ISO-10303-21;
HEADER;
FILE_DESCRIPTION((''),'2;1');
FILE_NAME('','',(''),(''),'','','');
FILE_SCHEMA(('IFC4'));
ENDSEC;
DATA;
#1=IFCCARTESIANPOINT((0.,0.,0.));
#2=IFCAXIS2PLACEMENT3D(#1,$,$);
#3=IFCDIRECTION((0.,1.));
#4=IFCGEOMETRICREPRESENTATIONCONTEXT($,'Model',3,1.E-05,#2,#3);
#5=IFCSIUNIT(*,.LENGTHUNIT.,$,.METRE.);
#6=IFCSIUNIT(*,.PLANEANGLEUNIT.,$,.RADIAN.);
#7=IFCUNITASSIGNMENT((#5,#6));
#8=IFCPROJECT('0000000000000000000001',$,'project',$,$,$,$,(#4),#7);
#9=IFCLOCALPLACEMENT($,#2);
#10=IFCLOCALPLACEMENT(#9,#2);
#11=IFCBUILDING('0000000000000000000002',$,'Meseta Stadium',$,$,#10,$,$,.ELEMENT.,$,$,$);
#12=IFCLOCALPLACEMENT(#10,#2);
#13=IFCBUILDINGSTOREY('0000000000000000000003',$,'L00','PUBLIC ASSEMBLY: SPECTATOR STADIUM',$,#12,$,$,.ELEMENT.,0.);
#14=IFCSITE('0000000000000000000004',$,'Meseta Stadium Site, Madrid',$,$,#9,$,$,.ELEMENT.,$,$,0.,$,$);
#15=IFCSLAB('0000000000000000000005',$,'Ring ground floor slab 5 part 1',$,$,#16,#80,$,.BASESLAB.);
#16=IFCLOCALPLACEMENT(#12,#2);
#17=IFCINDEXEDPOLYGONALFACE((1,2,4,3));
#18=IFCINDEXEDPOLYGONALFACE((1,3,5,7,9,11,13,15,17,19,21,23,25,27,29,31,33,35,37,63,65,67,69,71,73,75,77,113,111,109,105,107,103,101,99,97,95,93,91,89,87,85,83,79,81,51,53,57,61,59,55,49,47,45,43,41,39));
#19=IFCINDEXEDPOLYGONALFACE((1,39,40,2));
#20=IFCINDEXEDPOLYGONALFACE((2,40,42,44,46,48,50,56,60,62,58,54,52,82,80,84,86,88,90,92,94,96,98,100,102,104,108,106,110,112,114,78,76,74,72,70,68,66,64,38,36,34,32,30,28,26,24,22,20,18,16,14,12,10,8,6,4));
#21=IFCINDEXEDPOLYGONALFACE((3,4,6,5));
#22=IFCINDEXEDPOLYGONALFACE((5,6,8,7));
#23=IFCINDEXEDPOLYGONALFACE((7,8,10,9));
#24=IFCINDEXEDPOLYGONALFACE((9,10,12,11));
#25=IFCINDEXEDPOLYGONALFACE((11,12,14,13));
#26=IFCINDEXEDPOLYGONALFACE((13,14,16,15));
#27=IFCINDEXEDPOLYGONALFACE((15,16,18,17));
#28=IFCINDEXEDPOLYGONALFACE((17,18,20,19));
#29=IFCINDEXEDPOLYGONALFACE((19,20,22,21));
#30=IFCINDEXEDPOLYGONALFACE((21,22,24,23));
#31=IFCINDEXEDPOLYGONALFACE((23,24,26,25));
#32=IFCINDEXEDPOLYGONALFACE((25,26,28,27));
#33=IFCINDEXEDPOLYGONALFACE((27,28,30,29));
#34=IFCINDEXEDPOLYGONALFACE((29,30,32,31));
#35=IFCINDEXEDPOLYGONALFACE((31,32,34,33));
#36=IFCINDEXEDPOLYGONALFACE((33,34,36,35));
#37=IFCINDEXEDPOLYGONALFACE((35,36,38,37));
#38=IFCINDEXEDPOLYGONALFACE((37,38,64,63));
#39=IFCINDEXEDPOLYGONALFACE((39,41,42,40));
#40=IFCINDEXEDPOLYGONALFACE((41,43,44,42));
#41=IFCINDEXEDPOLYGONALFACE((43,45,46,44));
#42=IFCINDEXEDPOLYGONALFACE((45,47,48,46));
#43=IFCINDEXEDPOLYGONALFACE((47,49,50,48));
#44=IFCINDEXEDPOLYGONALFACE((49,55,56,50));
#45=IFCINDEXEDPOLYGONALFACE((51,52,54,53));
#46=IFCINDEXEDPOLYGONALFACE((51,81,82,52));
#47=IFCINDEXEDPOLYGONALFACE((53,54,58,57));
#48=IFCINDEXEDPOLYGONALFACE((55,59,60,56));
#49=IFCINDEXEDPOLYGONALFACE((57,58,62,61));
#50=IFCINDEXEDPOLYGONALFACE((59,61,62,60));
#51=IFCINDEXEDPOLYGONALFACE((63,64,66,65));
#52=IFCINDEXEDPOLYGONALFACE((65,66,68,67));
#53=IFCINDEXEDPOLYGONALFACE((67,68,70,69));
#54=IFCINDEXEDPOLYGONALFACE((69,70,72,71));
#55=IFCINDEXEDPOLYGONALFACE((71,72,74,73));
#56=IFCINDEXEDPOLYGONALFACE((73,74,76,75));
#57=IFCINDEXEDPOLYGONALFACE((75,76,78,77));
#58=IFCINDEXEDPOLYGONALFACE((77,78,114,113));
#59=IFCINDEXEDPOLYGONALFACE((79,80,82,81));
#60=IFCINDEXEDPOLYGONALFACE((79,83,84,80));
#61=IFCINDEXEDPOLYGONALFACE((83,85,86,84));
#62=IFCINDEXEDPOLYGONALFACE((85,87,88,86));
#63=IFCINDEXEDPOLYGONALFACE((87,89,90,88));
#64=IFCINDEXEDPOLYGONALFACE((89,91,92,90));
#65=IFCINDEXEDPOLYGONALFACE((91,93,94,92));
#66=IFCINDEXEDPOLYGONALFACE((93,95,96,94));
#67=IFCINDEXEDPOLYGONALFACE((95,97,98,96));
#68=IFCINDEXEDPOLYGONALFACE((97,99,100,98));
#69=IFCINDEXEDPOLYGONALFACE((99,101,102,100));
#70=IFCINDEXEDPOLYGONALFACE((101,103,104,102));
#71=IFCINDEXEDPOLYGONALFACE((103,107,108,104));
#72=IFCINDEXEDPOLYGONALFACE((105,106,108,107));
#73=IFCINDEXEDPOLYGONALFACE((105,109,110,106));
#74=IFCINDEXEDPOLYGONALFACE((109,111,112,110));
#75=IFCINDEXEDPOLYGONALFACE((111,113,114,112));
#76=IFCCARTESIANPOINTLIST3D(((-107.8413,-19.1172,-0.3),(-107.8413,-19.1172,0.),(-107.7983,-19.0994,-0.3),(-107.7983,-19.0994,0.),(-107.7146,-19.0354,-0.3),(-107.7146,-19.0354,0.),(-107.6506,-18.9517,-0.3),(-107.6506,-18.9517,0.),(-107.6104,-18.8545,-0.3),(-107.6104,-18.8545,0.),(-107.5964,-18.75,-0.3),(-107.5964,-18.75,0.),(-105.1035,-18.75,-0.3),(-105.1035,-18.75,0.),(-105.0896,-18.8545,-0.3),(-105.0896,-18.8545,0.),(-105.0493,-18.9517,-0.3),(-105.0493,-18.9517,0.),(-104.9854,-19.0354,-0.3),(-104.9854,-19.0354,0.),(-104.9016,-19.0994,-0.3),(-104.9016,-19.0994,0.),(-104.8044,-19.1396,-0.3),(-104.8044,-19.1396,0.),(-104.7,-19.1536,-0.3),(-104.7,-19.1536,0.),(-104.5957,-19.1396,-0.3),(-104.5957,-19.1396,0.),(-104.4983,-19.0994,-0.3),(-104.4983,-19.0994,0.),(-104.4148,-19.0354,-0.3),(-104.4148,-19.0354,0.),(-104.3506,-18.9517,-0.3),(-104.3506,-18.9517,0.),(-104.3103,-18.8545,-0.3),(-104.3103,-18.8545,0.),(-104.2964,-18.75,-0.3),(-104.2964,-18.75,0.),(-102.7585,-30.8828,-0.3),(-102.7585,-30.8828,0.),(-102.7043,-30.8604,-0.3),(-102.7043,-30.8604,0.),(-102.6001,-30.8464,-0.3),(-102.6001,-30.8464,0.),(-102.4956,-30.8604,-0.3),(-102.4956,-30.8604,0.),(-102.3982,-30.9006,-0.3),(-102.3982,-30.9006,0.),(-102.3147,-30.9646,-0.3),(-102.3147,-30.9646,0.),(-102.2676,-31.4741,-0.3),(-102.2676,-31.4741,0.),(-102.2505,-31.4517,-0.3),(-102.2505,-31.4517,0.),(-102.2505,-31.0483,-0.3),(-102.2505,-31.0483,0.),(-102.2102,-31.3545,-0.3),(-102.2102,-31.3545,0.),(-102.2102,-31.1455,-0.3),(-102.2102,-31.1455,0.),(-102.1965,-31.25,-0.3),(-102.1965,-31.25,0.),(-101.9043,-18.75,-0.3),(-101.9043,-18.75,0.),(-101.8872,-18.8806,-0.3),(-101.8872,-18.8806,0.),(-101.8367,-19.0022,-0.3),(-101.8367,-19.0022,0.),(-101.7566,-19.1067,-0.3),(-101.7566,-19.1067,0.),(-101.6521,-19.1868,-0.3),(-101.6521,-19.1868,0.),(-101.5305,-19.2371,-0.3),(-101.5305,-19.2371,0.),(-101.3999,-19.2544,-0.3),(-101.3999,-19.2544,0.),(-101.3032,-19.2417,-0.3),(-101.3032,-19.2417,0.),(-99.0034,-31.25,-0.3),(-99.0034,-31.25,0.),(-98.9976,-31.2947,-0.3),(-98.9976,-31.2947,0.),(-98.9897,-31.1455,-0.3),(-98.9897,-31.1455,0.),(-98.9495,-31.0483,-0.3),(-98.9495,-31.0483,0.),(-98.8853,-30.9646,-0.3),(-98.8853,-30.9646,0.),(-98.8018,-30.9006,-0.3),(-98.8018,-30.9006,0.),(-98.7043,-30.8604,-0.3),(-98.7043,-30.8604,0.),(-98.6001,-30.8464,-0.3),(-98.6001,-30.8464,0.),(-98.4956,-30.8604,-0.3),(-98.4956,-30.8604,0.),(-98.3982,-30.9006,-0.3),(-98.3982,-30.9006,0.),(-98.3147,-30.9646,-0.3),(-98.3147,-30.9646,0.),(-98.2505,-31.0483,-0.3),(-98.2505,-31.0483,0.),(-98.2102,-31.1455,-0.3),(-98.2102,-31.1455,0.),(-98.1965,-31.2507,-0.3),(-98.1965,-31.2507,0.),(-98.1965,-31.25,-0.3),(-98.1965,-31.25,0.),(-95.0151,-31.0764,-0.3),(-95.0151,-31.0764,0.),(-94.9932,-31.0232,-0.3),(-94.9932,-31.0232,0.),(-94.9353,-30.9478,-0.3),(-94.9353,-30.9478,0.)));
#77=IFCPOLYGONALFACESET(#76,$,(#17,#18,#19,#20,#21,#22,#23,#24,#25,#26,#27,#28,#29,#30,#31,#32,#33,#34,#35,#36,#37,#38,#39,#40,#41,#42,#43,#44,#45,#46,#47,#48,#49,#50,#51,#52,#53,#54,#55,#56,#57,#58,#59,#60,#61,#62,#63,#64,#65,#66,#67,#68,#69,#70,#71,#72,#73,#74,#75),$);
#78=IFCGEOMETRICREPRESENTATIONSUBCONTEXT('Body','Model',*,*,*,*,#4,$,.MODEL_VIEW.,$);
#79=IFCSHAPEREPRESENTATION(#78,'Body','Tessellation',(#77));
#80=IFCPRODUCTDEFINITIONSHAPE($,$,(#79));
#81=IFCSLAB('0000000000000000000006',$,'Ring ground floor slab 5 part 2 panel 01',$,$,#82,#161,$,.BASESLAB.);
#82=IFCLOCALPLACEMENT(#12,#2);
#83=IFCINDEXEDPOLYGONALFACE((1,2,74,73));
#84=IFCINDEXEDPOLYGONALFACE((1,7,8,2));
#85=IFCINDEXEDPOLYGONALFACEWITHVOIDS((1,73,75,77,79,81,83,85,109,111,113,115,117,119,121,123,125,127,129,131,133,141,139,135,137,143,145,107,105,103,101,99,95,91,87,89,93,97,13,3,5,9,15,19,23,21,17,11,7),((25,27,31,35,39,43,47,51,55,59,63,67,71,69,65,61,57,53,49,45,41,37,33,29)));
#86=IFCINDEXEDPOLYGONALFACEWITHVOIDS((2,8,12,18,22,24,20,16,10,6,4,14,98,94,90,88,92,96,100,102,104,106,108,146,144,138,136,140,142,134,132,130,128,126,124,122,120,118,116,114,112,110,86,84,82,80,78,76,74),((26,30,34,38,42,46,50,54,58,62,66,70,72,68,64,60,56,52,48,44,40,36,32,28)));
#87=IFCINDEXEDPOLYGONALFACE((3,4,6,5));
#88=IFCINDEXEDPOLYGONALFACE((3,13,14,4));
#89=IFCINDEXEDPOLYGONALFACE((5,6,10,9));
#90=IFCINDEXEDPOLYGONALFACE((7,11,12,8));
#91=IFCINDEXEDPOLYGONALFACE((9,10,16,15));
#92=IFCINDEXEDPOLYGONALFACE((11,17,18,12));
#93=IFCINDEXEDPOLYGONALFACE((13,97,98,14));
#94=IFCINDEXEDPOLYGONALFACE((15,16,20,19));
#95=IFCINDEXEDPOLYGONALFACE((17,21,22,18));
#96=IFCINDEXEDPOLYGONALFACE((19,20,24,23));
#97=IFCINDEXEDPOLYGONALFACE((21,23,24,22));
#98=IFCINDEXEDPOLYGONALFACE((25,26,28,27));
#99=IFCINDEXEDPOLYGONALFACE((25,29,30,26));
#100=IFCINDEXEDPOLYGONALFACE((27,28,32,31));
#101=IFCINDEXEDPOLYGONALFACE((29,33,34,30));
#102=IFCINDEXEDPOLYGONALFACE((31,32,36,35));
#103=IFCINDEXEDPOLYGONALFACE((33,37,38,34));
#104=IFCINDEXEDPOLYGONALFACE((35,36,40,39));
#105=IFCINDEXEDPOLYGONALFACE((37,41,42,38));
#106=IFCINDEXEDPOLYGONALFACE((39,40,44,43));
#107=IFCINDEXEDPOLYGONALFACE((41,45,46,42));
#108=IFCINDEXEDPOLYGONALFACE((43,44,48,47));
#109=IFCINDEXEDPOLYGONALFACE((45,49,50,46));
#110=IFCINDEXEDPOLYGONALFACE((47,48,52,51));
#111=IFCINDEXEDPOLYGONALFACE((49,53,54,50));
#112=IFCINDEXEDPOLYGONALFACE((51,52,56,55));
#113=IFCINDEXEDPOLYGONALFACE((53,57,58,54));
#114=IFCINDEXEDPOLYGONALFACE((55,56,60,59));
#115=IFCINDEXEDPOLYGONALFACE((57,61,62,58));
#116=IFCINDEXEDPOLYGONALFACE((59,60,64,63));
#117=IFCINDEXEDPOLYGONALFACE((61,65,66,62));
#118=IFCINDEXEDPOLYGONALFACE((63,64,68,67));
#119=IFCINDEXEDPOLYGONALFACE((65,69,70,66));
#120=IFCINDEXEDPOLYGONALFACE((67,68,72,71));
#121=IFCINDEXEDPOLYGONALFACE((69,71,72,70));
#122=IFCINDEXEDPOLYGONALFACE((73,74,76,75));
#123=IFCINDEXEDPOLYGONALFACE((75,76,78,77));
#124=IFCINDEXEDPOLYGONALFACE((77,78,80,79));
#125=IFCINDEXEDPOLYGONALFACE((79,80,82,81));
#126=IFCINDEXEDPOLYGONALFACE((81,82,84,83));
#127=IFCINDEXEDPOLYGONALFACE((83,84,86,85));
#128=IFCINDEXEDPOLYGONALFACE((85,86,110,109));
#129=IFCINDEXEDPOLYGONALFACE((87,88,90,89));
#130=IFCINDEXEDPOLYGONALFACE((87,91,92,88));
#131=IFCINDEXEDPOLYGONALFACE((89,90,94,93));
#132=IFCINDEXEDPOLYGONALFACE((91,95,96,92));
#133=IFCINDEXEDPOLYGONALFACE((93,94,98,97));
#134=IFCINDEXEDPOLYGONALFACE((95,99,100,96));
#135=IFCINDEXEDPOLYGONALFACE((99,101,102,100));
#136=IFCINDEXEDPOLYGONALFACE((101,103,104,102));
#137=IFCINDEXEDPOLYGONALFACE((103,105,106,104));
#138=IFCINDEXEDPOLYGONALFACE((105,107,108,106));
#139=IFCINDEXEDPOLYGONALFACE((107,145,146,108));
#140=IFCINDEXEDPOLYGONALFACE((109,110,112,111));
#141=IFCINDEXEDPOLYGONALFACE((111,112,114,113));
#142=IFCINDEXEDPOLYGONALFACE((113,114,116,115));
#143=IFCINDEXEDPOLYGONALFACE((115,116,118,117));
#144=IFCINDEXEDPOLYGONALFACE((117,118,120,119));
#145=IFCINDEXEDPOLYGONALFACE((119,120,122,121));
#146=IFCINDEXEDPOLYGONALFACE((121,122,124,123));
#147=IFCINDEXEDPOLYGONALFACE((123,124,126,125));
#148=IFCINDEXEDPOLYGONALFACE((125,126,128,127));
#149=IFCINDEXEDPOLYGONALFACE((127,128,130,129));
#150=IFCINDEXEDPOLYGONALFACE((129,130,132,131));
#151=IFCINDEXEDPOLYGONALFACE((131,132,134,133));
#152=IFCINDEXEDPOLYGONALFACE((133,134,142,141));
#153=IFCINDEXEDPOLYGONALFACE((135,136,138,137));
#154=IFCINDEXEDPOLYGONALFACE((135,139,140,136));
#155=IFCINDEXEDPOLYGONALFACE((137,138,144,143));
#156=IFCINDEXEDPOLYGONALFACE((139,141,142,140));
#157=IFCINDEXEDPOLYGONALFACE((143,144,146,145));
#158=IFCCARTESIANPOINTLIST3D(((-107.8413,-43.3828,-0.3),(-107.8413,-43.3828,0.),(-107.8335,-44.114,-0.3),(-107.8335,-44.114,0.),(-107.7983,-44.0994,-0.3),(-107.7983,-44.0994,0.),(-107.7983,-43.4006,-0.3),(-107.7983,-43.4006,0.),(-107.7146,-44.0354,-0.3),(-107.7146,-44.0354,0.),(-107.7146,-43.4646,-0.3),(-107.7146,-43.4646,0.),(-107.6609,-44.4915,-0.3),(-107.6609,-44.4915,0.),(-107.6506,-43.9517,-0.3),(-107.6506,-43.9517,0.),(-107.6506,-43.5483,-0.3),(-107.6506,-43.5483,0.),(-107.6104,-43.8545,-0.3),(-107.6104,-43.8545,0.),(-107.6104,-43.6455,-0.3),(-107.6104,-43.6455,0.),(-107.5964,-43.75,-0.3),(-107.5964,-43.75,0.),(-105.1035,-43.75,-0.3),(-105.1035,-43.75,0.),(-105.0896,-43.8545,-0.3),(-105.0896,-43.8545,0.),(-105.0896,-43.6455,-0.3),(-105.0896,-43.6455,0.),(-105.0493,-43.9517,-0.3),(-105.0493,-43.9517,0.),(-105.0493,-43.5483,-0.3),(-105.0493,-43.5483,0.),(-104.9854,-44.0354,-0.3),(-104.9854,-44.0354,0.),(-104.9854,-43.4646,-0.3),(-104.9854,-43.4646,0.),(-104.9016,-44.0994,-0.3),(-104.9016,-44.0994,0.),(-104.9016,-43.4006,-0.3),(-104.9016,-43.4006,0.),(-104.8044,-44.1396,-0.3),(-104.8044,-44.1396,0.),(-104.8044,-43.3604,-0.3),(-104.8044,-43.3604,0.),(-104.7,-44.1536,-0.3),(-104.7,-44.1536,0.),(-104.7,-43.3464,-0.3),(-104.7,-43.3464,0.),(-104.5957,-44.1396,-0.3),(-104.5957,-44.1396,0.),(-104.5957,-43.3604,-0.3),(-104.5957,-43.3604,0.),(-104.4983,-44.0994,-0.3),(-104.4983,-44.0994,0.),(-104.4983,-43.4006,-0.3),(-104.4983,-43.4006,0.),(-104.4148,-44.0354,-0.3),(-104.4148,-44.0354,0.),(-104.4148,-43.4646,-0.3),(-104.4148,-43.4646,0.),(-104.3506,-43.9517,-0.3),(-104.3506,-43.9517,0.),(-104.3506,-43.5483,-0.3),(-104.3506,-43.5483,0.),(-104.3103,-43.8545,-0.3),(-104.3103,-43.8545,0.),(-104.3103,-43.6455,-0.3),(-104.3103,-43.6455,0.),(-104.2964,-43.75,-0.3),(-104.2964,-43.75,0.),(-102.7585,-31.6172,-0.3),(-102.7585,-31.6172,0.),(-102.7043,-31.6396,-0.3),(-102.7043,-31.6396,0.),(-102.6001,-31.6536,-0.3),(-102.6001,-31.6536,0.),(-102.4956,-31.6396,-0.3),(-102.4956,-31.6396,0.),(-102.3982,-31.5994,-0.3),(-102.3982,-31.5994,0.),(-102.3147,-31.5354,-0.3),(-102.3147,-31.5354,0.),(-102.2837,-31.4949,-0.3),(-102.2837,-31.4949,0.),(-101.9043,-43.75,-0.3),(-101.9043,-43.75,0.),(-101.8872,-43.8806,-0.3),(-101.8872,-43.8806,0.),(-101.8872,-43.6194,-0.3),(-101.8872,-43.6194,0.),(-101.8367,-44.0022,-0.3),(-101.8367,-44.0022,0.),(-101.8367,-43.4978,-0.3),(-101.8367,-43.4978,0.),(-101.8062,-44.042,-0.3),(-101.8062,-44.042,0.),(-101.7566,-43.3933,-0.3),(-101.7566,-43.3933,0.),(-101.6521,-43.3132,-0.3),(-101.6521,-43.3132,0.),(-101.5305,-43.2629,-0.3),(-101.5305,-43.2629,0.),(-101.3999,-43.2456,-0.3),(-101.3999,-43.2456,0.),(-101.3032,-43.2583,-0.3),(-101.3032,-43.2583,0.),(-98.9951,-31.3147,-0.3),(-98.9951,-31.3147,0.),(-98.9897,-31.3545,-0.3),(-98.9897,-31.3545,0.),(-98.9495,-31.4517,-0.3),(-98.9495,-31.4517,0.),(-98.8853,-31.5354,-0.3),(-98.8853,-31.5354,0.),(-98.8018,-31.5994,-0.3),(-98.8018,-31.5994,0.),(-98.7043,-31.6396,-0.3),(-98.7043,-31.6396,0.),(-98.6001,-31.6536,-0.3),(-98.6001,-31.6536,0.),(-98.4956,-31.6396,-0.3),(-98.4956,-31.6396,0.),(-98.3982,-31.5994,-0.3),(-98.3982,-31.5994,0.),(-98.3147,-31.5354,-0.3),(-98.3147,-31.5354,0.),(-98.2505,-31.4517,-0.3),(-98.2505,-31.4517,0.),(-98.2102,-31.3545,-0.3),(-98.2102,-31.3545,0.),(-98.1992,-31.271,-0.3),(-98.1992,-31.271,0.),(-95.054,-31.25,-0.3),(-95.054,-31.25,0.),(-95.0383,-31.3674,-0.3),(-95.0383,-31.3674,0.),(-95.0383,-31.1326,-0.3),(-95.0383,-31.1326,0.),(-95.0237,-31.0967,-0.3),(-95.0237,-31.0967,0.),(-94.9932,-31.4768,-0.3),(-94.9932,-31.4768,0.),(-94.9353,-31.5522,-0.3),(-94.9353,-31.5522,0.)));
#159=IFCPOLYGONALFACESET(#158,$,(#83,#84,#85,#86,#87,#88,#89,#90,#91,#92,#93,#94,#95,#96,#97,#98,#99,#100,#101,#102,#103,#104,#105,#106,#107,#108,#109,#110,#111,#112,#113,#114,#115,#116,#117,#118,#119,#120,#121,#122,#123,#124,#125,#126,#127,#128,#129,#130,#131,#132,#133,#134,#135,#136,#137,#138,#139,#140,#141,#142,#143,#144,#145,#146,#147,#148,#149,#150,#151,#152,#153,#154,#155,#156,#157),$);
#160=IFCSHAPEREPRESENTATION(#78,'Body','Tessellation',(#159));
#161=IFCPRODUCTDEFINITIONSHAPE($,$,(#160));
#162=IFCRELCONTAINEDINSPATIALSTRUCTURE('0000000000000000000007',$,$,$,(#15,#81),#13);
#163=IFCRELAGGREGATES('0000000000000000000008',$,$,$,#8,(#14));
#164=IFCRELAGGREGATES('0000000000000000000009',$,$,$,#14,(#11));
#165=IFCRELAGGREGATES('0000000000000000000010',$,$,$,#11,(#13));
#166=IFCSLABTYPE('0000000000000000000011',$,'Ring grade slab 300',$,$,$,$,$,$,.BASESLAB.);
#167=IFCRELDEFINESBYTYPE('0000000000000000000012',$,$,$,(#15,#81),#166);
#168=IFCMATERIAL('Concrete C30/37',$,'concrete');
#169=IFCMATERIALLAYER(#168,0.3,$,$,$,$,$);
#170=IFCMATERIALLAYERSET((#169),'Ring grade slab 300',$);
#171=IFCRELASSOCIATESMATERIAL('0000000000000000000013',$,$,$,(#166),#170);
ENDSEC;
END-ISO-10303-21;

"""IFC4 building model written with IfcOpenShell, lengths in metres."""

from ifc_helpers import new_model, si_unit, direction, frame, origin, place, context, subcontext, project, spatial, polyline, outline, extrude, material, layer, layer_set, type_object, element, save


model = new_model("IFC4")

# Units and contexts
model_context = context("Model", 3, precision=1e-05, world=origin(), true_north=direction((0.0, 1.0)))
body_context = subcontext(model_context, "Body", "Model", "MODEL_VIEW")
ifc_project = project(units=[si_unit("LENGTHUNIT", "METRE"), si_unit("PLANEANGLEUNIT", "RADIAN")], contexts=[model_context])

# Site, building, storey
site_placement = place(None, origin())
site = spatial("IfcSite", under=ifc_project, at=site_placement, Name="Meseta Stadium Site, Madrid", CompositionType="ELEMENT", RefElevation=0.0)
building_placement = place(site_placement, origin())
building = spatial("IfcBuilding", under=site, at=building_placement, Name="Meseta Stadium", CompositionType="ELEMENT")
storey_placement = place(building_placement, origin())
storey = spatial("IfcBuildingStorey", under=building, at=storey_placement, Name="L00", Description="PUBLIC ASSEMBLY: SPECTATOR STADIUM", CompositionType="ELEMENT", Elevation=0.0)

# Slabs
ifc_material_1 = material(Name="Concrete C30/37", Category="concrete")
ifc_layer_1 = layer(ifc_material_1, 0.3)
ifc_layer_set_1 = layer_set([ifc_layer_1], Name="Ring grade slab 300")
slab_type_1 = type_object("IfcSlabType", Name="Ring grade slab 300", PredefinedType="BASESLAB", material=ifc_layer_set_1)
slab_1_placement = place(storey_placement, frame((0.0, 0.0, -0.3)))
element("IfcSlab", 1, at=slab_1_placement, inside=storey, type_object=slab_type_1, Name="Ring ground floor slab 5 part 1", PredefinedType="BASESLAB", context=body_context, shape_type="SweptSolid", body=[
    extrude(outline(polyline([(-102.2505, -31.4517), (-102.2676, -31.4741), (-98.9976, -31.2947), (-99.0034, -31.25), (-98.9897, -31.1455), (-98.9495, -31.0483), (-98.8853, -30.9646), (-98.8018, -30.9006), (-98.7043, -30.8604), (-98.6001, -30.8464), (-98.4956, -30.8604), (-98.3982, -30.9006), (-98.3147, -30.9646), (-98.2505, -31.0483), (-98.2102, -31.1455), (-98.1965, -31.25), (-98.1965, -31.2507), (-95.0151, -31.0764), (-94.9932, -31.0232), (-94.9353, -30.9478), (-101.3032, -19.2417), (-101.3999, -19.2544), (-101.5305, -19.2371), (-101.6521, -19.1868), (-101.7566, -19.1067), (-101.8367, -19.0022), (-101.8872, -18.8806), (-101.9043, -18.75), (-104.2964, -18.75), (-104.3103, -18.8545), (-104.3506, -18.9517), (-104.4148, -19.0354), (-104.4983, -19.0994), (-104.5957, -19.1396), (-104.7, -19.1536), (-104.8044, -19.1396), (-104.9016, -19.0994), (-104.9854, -19.0354), (-105.0493, -18.9517), (-105.0896, -18.8545), (-105.1035, -18.75), (-107.5964, -18.75), (-107.6104, -18.8545), (-107.6506, -18.9517), (-107.7146, -19.0354), (-107.7983, -19.0994), (-107.8413, -19.1172), (-102.7585, -30.8828), (-102.7043, -30.8604), (-102.6001, -30.8464), (-102.4956, -30.8604), (-102.3982, -30.9006), (-102.3147, -30.9646), (-102.2505, -31.0483), (-102.2102, -31.1455), (-102.1965, -31.25), (-102.2102, -31.3545), (-102.2505, -31.4517)])), origin(), (0.0, 0.0, 1.0), 0.3),
])
slab_2_placement = place(storey_placement, frame((0.0, 0.0, -0.3)))
element("IfcSlab", 2, at=slab_2_placement, inside=storey, type_object=slab_type_1, Name="Ring ground floor slab 5 part 2 panel 01", PredefinedType="BASESLAB", context=body_context, shape_type="SweptSolid", body=[
    extrude(outline(polyline([(-107.7146, -44.0354), (-107.7983, -44.0994), (-107.8335, -44.114), (-107.6609, -44.4915), (-101.8062, -44.042), (-101.8367, -44.0022), (-101.8872, -43.8806), (-101.9043, -43.75), (-101.8872, -43.6194), (-101.8367, -43.4978), (-101.7566, -43.3933), (-101.6521, -43.3132), (-101.5305, -43.2629), (-101.3999, -43.2456), (-101.3032, -43.2583), (-94.9353, -31.5522), (-94.9932, -31.4768), (-95.0383, -31.3674), (-95.054, -31.25), (-95.0383, -31.1326), (-95.0237, -31.0967), (-98.1992, -31.271), (-98.2102, -31.3545), (-98.2505, -31.4517), (-98.3147, -31.5354), (-98.3982, -31.5994), (-98.4956, -31.6396), (-98.6001, -31.6536), (-98.7043, -31.6396), (-98.8018, -31.5994), (-98.8853, -31.5354), (-98.9495, -31.4517), (-98.9897, -31.3545), (-98.9951, -31.3147), (-102.2837, -31.4949), (-102.3147, -31.5354), (-102.3982, -31.5994), (-102.4956, -31.6396), (-102.6001, -31.6536), (-102.7043, -31.6396), (-102.7585, -31.6172), (-107.8413, -43.3828), (-107.7983, -43.4006), (-107.7146, -43.4646), (-107.6506, -43.5483), (-107.6104, -43.6455), (-107.5964, -43.75), (-107.6104, -43.8545), (-107.6506, -43.9517), (-107.7146, -44.0354)]), holes=[polyline([(-104.4983, -44.0994), (-104.5957, -44.1396), (-104.7, -44.1536), (-104.8044, -44.1396), (-104.9016, -44.0994), (-104.9854, -44.0354), (-105.0493, -43.9517), (-105.0896, -43.8545), (-105.1035, -43.75), (-105.0896, -43.6455), (-105.0493, -43.5483), (-104.9854, -43.4646), (-104.9016, -43.4006), (-104.8044, -43.3604), (-104.7, -43.3464), (-104.5957, -43.3604), (-104.4983, -43.4006), (-104.4148, -43.4646), (-104.3506, -43.5483), (-104.3103, -43.6455), (-104.2964, -43.75), (-104.3103, -43.8545), (-104.3506, -43.9517), (-104.4148, -44.0354), (-104.4983, -44.0994)])]), origin(), (0.0, 0.0, 1.0), 0.3),
])

save(model, "model.ifc")
